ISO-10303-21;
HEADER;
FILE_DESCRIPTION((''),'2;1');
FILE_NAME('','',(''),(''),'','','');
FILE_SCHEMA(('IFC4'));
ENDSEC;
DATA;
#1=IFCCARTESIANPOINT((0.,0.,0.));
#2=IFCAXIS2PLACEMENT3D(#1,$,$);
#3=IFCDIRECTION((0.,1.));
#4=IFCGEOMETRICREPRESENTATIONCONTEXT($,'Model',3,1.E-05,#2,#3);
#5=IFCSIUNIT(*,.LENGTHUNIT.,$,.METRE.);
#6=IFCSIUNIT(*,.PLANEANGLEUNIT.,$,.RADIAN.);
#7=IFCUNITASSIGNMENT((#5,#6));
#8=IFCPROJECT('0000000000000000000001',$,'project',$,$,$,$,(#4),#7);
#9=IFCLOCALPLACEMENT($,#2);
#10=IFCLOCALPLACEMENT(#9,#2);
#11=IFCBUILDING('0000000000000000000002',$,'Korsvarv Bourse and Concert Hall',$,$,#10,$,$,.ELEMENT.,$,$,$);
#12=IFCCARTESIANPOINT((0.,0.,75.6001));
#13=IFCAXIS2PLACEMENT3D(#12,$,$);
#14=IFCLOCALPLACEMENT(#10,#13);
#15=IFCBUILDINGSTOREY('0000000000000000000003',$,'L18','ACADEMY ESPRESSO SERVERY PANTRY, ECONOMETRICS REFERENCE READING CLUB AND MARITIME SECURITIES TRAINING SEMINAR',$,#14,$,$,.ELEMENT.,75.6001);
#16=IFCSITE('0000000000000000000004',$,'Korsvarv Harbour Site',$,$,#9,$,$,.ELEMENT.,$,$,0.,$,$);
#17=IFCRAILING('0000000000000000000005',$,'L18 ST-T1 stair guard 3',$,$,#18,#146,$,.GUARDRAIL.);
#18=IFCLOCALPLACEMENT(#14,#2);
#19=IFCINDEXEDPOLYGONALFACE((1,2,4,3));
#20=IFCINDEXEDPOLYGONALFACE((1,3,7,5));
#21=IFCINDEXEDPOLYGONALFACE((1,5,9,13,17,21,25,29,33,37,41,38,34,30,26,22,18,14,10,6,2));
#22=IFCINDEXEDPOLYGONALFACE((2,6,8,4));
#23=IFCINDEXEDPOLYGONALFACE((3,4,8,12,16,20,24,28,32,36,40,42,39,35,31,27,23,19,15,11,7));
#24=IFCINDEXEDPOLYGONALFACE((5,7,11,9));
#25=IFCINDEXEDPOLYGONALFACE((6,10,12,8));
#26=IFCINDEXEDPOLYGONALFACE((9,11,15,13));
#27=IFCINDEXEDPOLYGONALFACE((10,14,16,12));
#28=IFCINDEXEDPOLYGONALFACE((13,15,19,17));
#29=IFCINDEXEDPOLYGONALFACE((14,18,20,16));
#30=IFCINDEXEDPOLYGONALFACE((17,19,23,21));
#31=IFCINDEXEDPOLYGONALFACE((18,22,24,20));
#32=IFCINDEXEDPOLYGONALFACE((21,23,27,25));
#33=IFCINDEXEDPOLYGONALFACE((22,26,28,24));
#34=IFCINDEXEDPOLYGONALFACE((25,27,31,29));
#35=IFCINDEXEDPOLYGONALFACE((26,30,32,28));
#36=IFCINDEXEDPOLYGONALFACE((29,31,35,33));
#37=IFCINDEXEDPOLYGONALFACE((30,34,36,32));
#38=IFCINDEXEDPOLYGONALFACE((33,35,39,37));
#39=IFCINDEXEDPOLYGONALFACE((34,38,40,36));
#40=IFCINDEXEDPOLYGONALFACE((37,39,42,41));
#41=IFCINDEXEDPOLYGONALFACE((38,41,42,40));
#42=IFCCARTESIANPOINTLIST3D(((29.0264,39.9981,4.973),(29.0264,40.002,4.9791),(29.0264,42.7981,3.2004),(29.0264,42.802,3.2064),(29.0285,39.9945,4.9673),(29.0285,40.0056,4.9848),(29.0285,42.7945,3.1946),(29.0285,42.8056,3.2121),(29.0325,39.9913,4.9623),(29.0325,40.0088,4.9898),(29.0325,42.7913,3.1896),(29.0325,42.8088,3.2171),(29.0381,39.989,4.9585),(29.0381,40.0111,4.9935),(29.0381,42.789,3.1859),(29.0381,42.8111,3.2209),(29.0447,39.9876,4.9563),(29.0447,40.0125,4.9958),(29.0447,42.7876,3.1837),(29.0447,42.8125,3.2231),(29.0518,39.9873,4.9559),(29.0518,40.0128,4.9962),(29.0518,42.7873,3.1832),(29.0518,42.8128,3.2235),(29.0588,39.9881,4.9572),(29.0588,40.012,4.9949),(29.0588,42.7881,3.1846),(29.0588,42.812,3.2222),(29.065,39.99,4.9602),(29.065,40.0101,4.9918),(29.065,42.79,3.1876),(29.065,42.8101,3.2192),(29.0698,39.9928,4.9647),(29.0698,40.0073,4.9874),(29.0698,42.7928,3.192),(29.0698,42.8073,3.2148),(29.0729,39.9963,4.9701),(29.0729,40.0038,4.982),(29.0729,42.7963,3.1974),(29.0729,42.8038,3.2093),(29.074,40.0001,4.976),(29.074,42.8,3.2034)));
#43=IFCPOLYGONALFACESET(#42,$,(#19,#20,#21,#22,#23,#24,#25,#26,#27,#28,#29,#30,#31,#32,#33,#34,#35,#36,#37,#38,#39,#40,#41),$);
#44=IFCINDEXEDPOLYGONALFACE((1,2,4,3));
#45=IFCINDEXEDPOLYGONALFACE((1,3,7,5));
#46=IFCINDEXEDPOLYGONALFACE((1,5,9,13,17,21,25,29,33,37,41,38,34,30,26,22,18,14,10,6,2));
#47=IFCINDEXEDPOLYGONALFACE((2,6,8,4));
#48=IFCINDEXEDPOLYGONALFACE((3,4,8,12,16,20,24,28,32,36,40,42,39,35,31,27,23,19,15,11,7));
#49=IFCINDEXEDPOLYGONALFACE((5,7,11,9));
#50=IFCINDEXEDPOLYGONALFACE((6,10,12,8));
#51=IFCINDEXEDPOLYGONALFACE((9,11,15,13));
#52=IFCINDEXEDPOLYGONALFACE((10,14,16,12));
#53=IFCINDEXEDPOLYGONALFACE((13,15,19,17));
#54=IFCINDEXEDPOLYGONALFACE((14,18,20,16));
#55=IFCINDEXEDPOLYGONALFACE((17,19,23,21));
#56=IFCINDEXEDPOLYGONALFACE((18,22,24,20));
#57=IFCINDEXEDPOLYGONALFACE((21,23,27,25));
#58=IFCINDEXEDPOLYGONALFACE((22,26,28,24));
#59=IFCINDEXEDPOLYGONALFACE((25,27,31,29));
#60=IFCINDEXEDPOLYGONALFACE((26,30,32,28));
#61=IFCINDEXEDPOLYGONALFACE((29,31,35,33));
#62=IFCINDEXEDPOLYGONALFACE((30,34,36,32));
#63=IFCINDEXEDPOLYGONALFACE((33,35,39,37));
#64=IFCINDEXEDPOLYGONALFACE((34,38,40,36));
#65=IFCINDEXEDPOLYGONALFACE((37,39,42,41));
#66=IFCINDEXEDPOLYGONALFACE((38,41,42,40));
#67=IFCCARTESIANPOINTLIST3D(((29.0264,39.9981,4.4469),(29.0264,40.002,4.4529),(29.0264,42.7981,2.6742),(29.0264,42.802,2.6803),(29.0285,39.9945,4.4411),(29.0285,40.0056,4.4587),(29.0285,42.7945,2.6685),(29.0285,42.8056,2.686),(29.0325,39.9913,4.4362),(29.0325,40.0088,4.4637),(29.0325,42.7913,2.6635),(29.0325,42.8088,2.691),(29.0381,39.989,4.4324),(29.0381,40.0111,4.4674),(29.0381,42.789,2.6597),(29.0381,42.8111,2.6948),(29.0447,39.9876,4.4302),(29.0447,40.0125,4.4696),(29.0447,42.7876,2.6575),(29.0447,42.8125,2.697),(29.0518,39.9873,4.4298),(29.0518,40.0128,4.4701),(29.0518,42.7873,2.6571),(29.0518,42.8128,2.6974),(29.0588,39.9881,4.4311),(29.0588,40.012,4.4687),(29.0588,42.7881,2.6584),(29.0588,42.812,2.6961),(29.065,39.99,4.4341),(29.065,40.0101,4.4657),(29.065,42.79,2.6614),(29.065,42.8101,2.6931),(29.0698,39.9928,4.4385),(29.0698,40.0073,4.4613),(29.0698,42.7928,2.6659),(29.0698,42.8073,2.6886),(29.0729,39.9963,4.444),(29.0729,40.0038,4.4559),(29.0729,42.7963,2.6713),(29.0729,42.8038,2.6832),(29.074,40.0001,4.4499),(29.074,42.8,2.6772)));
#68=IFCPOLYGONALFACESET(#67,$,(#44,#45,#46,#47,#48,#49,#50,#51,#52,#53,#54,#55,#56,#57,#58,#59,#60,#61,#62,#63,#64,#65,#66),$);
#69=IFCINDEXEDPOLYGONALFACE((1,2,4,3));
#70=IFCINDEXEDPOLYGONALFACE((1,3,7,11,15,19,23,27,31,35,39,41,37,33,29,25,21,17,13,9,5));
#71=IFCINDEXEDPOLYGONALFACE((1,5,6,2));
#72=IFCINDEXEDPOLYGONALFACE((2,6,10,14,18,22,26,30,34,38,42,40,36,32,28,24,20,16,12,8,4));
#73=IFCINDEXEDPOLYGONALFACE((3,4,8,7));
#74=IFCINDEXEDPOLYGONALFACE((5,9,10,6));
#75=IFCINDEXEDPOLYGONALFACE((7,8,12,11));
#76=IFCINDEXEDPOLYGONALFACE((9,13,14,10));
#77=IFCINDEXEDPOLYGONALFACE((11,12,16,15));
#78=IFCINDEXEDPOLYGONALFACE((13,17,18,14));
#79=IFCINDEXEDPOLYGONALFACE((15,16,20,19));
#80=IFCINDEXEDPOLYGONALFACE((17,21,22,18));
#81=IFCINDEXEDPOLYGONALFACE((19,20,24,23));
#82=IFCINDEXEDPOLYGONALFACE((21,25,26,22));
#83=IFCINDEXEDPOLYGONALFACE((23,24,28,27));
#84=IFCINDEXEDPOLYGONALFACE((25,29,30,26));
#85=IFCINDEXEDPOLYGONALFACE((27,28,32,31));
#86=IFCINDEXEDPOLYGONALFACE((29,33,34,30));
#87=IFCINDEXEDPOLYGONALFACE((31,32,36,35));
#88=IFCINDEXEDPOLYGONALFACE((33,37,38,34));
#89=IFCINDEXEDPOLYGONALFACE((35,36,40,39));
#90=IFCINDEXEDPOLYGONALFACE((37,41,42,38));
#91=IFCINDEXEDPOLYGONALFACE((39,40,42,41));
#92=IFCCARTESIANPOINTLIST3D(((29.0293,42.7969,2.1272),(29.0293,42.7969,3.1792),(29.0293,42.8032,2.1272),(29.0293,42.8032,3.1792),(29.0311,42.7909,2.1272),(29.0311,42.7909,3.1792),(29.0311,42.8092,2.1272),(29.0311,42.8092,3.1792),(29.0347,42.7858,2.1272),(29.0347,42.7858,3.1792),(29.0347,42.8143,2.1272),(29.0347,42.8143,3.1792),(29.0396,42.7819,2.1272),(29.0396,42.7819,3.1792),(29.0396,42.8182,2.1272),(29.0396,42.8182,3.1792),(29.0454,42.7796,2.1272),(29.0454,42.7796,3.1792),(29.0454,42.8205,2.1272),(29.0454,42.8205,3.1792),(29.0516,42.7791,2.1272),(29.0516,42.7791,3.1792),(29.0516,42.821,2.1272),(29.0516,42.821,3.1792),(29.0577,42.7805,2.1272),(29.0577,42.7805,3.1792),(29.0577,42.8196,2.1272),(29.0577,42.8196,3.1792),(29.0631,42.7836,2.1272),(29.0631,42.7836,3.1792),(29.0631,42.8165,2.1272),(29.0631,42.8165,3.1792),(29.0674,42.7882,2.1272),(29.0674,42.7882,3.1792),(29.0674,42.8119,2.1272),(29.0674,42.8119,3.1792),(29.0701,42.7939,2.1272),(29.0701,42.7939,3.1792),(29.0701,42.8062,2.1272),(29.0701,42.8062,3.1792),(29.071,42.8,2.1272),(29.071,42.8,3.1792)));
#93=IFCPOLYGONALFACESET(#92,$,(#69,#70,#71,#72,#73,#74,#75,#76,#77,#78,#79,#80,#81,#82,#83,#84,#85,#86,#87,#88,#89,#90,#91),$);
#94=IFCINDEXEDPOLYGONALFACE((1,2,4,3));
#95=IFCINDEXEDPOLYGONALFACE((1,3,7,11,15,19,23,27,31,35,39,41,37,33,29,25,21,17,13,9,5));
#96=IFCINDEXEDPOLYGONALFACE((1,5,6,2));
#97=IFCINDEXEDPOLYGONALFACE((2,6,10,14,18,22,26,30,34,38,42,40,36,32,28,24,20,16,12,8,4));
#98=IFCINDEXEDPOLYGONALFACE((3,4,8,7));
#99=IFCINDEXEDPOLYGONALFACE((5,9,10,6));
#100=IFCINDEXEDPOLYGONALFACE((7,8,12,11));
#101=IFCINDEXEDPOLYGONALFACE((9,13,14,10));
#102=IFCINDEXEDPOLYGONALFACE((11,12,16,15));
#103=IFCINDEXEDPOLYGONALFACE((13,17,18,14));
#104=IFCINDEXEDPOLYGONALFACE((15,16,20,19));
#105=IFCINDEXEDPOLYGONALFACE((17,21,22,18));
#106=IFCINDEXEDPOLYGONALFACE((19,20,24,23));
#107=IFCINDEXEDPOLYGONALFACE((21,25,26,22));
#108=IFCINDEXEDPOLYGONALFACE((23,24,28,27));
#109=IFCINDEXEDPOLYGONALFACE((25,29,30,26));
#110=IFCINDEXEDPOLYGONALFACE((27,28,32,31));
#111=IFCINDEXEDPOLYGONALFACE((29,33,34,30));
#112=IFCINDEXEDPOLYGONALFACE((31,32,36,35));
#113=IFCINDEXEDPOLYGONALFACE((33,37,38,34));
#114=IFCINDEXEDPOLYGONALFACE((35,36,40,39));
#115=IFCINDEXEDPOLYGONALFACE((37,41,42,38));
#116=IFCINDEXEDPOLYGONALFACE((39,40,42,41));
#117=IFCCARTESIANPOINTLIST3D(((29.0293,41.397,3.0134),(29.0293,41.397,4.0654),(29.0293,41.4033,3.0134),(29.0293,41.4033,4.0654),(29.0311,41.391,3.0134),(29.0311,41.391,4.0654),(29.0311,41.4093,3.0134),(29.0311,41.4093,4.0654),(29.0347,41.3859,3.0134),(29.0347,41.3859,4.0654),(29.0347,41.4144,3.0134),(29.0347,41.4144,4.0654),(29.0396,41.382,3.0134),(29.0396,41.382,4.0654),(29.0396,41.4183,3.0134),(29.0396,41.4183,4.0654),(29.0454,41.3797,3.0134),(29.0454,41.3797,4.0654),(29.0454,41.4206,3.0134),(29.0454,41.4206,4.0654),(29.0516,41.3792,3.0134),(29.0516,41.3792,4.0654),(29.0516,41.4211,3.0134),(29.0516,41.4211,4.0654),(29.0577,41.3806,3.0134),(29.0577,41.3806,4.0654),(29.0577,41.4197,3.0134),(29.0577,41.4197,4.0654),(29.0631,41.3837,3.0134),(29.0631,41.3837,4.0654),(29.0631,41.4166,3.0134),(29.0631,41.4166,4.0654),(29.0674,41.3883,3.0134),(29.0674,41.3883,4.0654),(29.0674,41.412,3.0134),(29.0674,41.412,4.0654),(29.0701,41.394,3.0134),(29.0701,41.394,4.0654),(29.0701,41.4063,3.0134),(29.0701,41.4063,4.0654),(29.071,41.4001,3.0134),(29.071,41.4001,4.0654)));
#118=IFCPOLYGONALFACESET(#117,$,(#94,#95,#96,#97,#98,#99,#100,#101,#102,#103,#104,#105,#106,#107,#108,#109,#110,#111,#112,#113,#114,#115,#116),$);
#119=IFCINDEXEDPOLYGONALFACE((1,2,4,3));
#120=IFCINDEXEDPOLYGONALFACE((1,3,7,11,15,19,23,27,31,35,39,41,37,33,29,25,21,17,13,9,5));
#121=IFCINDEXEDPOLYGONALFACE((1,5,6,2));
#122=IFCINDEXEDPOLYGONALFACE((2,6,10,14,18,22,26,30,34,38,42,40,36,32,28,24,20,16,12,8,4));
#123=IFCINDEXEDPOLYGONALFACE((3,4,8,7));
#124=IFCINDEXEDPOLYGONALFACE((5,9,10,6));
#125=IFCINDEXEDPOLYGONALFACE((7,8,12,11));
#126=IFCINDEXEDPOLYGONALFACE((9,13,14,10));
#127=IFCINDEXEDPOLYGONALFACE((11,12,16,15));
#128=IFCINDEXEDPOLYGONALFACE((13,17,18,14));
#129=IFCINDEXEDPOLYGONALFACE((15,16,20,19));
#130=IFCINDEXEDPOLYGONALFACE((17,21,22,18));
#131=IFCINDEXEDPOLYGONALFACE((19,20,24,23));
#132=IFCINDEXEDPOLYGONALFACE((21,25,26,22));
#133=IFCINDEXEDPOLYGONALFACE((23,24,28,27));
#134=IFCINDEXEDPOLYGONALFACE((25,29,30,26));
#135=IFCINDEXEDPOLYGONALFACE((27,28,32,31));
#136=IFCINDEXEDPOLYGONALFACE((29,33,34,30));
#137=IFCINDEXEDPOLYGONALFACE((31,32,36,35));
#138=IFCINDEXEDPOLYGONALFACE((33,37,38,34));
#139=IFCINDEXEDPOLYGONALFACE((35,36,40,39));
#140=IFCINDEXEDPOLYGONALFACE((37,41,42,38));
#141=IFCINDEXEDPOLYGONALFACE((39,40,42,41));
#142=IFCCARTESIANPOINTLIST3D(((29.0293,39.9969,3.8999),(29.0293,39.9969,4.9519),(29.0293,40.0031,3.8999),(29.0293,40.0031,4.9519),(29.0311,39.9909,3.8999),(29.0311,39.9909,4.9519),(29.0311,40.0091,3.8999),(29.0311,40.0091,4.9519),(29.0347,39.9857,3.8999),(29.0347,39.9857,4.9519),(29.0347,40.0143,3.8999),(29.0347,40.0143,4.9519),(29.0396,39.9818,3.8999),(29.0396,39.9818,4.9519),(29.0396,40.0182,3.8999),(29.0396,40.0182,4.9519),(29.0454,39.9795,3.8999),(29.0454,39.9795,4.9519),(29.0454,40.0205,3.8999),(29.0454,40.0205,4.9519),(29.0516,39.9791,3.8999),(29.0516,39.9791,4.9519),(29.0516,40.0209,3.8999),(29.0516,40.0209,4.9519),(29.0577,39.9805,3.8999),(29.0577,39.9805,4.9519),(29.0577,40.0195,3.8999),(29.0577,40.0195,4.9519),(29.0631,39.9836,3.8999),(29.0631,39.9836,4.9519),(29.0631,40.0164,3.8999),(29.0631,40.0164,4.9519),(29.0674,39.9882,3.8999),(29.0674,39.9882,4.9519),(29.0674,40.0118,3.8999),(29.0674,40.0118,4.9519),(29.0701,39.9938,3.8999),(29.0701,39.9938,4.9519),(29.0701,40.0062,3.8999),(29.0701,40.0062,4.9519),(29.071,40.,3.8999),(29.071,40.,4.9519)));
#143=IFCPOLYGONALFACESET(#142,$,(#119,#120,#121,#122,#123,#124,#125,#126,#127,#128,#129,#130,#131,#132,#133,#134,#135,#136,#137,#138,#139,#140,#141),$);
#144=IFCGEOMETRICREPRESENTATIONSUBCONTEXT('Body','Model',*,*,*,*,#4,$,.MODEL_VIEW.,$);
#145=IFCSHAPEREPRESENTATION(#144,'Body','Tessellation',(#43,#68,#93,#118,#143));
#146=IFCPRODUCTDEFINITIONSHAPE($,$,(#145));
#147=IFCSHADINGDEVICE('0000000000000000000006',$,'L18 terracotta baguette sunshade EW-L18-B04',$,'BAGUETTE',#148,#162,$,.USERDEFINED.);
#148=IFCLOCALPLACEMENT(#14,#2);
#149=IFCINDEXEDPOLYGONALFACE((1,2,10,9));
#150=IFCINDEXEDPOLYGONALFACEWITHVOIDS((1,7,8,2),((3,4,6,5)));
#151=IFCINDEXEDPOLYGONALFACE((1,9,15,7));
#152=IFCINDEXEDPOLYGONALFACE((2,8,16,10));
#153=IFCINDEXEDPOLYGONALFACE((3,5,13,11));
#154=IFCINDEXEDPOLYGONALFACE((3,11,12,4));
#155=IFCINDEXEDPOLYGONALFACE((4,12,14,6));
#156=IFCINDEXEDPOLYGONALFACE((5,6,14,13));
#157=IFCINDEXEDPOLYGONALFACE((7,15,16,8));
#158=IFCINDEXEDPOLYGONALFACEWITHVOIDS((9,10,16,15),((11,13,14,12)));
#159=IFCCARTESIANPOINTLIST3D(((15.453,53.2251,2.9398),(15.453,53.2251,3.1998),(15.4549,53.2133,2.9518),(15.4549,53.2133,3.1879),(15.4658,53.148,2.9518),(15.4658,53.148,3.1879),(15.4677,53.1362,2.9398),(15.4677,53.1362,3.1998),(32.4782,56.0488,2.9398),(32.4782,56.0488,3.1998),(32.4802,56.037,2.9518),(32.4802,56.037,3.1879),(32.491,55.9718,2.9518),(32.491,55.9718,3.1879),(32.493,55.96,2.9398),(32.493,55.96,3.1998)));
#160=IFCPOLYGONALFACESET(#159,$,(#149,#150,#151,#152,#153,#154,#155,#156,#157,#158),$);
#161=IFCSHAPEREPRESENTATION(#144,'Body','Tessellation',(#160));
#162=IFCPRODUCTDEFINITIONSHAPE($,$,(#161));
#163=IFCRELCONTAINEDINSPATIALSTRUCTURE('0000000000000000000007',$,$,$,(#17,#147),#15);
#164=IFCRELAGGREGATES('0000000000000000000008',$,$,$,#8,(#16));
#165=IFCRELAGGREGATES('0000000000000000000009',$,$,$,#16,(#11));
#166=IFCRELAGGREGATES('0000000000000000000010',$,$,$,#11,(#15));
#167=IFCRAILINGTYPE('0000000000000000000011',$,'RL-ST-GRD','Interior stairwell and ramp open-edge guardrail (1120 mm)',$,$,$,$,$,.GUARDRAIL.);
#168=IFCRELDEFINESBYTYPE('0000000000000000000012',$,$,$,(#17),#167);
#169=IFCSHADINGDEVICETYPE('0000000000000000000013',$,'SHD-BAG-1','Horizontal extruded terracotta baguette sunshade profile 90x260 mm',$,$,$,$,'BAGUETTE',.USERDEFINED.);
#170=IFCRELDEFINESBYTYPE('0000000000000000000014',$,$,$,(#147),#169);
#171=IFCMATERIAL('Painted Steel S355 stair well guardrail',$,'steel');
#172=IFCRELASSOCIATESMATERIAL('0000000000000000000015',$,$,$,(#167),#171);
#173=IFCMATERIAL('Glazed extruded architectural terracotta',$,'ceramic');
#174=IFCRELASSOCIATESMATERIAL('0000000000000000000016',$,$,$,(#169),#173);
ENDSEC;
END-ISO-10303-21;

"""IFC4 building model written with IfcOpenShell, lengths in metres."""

from ifc_helpers import new_model, si_unit, direction, frame, origin, origin_2d, place, context, subcontext, project, spatial, hollow_rectangle, circle, extrude, source, transform, mapped, material, material_profile, profile_set, type_object, element, save


model = new_model("IFC4")

# Units and contexts
model_context = context("Model", 3, precision=1e-05, world=origin(), true_north=direction((0.0, 1.0)))
body_context = subcontext(model_context, "Body", "Model", "MODEL_VIEW")
ifc_project = project(units=[si_unit("LENGTHUNIT", "METRE"), si_unit("PLANEANGLEUNIT", "RADIAN")], contexts=[model_context])

# Site, building, storey
site_placement = place(None, origin())
site = spatial("IfcSite", under=ifc_project, at=site_placement, Name="Korsvarv Harbour Site", CompositionType="ELEMENT", RefElevation=0.0)
building_placement = place(site_placement, origin())
building = spatial("IfcBuilding", under=site, at=building_placement, Name="Korsvarv Bourse and Concert Hall", CompositionType="ELEMENT")
storey_placement = place(building_placement, frame((0.0, 0.0, 75.6001)))
storey = spatial("IfcBuildingStorey", under=building, at=storey_placement, Name="L18", Description="ACADEMY ESPRESSO SERVERY PANTRY, ECONOMETRICS REFERENCE READING CLUB AND MARITIME SECURITIES TRAINING SEMINAR", CompositionType="ELEMENT", Elevation=75.6001)

# Railing
ifc_material_1 = material(Name="Painted Steel S355 stair well guardrail", Category="steel")
railing_type = type_object("IfcRailingType", Name="RL-ST-GRD", Description="Interior stairwell and ramp open-edge guardrail (1120 mm)", PredefinedType="GUARDRAIL", material=ifc_material_1)
railing_1_placement = place(storey_placement, frame((29.05, 42.8, 2.1272)))
element("IfcRailing", 1, at=railing_1_placement, inside=storey, type_object=railing_type, Name="L18 ST-T1 stair guard 3", PredefinedType="GUARDRAIL", context=body_context, shape_type="SweptSolid", body=[
    extrude(circle(Radius=0.0239, at=origin_2d()), frame((0.0, 0.0, 1.0762), z_axis=(0.0, -0.844909, 0.53491), x_axis=(1.0, 0.0, 0.0)), (0.0, 0.0, 1.0), 3.314),
    extrude(circle(Radius=0.0239, at=origin_2d()), frame((0.0, 0.0, 0.55), z_axis=(0.0, -0.844909, 0.53491), x_axis=(1.0, 0.0, 0.0)), (0.0, 0.0, 1.0), 3.314),
    extrude(circle(Radius=0.021, at=origin_2d()), origin(), (0.0, 0.0, 1.0), 1.052),
    extrude(circle(Radius=0.021, at=origin_2d()), frame((0.0, -1.3999, 0.8862)), (0.0, 0.0, 1.0), 1.052),
    extrude(circle(Radius=0.021, at=origin_2d()), frame((0.0, -2.8, 1.7727)), (0.0, 0.0, 1.0), 1.052),
])

# Shading device
ifc_material_2 = material(Name="Glazed extruded architectural terracotta", Category="ceramic")
ifc_material_profile_1 = material_profile(ifc_material_2, hollow_rectangle(XDim=0.0901, YDim=0.26, WallThickness=0.012, at=origin_2d()), Name="TC-BAG 90x260")
ifc_profile_set_1 = profile_set([ifc_material_profile_1], Name="Glazed extruded architectural terracotta")
shading_device_type = type_object("IfcShadingDeviceType", Name="SHD-BAG-1", Description="Horizontal extruded terracotta baguette sunshade profile 90x260 mm", ElementType="BAGUETTE", PredefinedType="USERDEFINED", material=ifc_profile_set_1)
shared_shape_1 = source(origin(), body_context, "Body", "SweptSolid", [
    extrude(hollow_rectangle(XDim=0.0901, YDim=0.26, WallThickness=0.012, at=origin_2d()), origin(), (0.0, 0.0, 1.0), 17.2578),
])
shading_device_placement = place(storey_placement, frame((32.4856, 56.0044, 3.0698), z_axis=(-0.986523, -0.163621, 0.0), x_axis=(0.163621, -0.986523, 0.0)))
element("IfcShadingDevice", 2, at=shading_device_placement, inside=storey, type_object=shading_device_type, Name="L18 terracotta baguette sunshade EW-L18-B04", ObjectType="BAGUETTE", PredefinedType="USERDEFINED", context=body_context, shape_type="MappedRepresentation", body=[
    mapped(shared_shape_1, transform((0.0, 0.0, 0.0), scale=1.0)),
])

save(model, "model.ifc")
